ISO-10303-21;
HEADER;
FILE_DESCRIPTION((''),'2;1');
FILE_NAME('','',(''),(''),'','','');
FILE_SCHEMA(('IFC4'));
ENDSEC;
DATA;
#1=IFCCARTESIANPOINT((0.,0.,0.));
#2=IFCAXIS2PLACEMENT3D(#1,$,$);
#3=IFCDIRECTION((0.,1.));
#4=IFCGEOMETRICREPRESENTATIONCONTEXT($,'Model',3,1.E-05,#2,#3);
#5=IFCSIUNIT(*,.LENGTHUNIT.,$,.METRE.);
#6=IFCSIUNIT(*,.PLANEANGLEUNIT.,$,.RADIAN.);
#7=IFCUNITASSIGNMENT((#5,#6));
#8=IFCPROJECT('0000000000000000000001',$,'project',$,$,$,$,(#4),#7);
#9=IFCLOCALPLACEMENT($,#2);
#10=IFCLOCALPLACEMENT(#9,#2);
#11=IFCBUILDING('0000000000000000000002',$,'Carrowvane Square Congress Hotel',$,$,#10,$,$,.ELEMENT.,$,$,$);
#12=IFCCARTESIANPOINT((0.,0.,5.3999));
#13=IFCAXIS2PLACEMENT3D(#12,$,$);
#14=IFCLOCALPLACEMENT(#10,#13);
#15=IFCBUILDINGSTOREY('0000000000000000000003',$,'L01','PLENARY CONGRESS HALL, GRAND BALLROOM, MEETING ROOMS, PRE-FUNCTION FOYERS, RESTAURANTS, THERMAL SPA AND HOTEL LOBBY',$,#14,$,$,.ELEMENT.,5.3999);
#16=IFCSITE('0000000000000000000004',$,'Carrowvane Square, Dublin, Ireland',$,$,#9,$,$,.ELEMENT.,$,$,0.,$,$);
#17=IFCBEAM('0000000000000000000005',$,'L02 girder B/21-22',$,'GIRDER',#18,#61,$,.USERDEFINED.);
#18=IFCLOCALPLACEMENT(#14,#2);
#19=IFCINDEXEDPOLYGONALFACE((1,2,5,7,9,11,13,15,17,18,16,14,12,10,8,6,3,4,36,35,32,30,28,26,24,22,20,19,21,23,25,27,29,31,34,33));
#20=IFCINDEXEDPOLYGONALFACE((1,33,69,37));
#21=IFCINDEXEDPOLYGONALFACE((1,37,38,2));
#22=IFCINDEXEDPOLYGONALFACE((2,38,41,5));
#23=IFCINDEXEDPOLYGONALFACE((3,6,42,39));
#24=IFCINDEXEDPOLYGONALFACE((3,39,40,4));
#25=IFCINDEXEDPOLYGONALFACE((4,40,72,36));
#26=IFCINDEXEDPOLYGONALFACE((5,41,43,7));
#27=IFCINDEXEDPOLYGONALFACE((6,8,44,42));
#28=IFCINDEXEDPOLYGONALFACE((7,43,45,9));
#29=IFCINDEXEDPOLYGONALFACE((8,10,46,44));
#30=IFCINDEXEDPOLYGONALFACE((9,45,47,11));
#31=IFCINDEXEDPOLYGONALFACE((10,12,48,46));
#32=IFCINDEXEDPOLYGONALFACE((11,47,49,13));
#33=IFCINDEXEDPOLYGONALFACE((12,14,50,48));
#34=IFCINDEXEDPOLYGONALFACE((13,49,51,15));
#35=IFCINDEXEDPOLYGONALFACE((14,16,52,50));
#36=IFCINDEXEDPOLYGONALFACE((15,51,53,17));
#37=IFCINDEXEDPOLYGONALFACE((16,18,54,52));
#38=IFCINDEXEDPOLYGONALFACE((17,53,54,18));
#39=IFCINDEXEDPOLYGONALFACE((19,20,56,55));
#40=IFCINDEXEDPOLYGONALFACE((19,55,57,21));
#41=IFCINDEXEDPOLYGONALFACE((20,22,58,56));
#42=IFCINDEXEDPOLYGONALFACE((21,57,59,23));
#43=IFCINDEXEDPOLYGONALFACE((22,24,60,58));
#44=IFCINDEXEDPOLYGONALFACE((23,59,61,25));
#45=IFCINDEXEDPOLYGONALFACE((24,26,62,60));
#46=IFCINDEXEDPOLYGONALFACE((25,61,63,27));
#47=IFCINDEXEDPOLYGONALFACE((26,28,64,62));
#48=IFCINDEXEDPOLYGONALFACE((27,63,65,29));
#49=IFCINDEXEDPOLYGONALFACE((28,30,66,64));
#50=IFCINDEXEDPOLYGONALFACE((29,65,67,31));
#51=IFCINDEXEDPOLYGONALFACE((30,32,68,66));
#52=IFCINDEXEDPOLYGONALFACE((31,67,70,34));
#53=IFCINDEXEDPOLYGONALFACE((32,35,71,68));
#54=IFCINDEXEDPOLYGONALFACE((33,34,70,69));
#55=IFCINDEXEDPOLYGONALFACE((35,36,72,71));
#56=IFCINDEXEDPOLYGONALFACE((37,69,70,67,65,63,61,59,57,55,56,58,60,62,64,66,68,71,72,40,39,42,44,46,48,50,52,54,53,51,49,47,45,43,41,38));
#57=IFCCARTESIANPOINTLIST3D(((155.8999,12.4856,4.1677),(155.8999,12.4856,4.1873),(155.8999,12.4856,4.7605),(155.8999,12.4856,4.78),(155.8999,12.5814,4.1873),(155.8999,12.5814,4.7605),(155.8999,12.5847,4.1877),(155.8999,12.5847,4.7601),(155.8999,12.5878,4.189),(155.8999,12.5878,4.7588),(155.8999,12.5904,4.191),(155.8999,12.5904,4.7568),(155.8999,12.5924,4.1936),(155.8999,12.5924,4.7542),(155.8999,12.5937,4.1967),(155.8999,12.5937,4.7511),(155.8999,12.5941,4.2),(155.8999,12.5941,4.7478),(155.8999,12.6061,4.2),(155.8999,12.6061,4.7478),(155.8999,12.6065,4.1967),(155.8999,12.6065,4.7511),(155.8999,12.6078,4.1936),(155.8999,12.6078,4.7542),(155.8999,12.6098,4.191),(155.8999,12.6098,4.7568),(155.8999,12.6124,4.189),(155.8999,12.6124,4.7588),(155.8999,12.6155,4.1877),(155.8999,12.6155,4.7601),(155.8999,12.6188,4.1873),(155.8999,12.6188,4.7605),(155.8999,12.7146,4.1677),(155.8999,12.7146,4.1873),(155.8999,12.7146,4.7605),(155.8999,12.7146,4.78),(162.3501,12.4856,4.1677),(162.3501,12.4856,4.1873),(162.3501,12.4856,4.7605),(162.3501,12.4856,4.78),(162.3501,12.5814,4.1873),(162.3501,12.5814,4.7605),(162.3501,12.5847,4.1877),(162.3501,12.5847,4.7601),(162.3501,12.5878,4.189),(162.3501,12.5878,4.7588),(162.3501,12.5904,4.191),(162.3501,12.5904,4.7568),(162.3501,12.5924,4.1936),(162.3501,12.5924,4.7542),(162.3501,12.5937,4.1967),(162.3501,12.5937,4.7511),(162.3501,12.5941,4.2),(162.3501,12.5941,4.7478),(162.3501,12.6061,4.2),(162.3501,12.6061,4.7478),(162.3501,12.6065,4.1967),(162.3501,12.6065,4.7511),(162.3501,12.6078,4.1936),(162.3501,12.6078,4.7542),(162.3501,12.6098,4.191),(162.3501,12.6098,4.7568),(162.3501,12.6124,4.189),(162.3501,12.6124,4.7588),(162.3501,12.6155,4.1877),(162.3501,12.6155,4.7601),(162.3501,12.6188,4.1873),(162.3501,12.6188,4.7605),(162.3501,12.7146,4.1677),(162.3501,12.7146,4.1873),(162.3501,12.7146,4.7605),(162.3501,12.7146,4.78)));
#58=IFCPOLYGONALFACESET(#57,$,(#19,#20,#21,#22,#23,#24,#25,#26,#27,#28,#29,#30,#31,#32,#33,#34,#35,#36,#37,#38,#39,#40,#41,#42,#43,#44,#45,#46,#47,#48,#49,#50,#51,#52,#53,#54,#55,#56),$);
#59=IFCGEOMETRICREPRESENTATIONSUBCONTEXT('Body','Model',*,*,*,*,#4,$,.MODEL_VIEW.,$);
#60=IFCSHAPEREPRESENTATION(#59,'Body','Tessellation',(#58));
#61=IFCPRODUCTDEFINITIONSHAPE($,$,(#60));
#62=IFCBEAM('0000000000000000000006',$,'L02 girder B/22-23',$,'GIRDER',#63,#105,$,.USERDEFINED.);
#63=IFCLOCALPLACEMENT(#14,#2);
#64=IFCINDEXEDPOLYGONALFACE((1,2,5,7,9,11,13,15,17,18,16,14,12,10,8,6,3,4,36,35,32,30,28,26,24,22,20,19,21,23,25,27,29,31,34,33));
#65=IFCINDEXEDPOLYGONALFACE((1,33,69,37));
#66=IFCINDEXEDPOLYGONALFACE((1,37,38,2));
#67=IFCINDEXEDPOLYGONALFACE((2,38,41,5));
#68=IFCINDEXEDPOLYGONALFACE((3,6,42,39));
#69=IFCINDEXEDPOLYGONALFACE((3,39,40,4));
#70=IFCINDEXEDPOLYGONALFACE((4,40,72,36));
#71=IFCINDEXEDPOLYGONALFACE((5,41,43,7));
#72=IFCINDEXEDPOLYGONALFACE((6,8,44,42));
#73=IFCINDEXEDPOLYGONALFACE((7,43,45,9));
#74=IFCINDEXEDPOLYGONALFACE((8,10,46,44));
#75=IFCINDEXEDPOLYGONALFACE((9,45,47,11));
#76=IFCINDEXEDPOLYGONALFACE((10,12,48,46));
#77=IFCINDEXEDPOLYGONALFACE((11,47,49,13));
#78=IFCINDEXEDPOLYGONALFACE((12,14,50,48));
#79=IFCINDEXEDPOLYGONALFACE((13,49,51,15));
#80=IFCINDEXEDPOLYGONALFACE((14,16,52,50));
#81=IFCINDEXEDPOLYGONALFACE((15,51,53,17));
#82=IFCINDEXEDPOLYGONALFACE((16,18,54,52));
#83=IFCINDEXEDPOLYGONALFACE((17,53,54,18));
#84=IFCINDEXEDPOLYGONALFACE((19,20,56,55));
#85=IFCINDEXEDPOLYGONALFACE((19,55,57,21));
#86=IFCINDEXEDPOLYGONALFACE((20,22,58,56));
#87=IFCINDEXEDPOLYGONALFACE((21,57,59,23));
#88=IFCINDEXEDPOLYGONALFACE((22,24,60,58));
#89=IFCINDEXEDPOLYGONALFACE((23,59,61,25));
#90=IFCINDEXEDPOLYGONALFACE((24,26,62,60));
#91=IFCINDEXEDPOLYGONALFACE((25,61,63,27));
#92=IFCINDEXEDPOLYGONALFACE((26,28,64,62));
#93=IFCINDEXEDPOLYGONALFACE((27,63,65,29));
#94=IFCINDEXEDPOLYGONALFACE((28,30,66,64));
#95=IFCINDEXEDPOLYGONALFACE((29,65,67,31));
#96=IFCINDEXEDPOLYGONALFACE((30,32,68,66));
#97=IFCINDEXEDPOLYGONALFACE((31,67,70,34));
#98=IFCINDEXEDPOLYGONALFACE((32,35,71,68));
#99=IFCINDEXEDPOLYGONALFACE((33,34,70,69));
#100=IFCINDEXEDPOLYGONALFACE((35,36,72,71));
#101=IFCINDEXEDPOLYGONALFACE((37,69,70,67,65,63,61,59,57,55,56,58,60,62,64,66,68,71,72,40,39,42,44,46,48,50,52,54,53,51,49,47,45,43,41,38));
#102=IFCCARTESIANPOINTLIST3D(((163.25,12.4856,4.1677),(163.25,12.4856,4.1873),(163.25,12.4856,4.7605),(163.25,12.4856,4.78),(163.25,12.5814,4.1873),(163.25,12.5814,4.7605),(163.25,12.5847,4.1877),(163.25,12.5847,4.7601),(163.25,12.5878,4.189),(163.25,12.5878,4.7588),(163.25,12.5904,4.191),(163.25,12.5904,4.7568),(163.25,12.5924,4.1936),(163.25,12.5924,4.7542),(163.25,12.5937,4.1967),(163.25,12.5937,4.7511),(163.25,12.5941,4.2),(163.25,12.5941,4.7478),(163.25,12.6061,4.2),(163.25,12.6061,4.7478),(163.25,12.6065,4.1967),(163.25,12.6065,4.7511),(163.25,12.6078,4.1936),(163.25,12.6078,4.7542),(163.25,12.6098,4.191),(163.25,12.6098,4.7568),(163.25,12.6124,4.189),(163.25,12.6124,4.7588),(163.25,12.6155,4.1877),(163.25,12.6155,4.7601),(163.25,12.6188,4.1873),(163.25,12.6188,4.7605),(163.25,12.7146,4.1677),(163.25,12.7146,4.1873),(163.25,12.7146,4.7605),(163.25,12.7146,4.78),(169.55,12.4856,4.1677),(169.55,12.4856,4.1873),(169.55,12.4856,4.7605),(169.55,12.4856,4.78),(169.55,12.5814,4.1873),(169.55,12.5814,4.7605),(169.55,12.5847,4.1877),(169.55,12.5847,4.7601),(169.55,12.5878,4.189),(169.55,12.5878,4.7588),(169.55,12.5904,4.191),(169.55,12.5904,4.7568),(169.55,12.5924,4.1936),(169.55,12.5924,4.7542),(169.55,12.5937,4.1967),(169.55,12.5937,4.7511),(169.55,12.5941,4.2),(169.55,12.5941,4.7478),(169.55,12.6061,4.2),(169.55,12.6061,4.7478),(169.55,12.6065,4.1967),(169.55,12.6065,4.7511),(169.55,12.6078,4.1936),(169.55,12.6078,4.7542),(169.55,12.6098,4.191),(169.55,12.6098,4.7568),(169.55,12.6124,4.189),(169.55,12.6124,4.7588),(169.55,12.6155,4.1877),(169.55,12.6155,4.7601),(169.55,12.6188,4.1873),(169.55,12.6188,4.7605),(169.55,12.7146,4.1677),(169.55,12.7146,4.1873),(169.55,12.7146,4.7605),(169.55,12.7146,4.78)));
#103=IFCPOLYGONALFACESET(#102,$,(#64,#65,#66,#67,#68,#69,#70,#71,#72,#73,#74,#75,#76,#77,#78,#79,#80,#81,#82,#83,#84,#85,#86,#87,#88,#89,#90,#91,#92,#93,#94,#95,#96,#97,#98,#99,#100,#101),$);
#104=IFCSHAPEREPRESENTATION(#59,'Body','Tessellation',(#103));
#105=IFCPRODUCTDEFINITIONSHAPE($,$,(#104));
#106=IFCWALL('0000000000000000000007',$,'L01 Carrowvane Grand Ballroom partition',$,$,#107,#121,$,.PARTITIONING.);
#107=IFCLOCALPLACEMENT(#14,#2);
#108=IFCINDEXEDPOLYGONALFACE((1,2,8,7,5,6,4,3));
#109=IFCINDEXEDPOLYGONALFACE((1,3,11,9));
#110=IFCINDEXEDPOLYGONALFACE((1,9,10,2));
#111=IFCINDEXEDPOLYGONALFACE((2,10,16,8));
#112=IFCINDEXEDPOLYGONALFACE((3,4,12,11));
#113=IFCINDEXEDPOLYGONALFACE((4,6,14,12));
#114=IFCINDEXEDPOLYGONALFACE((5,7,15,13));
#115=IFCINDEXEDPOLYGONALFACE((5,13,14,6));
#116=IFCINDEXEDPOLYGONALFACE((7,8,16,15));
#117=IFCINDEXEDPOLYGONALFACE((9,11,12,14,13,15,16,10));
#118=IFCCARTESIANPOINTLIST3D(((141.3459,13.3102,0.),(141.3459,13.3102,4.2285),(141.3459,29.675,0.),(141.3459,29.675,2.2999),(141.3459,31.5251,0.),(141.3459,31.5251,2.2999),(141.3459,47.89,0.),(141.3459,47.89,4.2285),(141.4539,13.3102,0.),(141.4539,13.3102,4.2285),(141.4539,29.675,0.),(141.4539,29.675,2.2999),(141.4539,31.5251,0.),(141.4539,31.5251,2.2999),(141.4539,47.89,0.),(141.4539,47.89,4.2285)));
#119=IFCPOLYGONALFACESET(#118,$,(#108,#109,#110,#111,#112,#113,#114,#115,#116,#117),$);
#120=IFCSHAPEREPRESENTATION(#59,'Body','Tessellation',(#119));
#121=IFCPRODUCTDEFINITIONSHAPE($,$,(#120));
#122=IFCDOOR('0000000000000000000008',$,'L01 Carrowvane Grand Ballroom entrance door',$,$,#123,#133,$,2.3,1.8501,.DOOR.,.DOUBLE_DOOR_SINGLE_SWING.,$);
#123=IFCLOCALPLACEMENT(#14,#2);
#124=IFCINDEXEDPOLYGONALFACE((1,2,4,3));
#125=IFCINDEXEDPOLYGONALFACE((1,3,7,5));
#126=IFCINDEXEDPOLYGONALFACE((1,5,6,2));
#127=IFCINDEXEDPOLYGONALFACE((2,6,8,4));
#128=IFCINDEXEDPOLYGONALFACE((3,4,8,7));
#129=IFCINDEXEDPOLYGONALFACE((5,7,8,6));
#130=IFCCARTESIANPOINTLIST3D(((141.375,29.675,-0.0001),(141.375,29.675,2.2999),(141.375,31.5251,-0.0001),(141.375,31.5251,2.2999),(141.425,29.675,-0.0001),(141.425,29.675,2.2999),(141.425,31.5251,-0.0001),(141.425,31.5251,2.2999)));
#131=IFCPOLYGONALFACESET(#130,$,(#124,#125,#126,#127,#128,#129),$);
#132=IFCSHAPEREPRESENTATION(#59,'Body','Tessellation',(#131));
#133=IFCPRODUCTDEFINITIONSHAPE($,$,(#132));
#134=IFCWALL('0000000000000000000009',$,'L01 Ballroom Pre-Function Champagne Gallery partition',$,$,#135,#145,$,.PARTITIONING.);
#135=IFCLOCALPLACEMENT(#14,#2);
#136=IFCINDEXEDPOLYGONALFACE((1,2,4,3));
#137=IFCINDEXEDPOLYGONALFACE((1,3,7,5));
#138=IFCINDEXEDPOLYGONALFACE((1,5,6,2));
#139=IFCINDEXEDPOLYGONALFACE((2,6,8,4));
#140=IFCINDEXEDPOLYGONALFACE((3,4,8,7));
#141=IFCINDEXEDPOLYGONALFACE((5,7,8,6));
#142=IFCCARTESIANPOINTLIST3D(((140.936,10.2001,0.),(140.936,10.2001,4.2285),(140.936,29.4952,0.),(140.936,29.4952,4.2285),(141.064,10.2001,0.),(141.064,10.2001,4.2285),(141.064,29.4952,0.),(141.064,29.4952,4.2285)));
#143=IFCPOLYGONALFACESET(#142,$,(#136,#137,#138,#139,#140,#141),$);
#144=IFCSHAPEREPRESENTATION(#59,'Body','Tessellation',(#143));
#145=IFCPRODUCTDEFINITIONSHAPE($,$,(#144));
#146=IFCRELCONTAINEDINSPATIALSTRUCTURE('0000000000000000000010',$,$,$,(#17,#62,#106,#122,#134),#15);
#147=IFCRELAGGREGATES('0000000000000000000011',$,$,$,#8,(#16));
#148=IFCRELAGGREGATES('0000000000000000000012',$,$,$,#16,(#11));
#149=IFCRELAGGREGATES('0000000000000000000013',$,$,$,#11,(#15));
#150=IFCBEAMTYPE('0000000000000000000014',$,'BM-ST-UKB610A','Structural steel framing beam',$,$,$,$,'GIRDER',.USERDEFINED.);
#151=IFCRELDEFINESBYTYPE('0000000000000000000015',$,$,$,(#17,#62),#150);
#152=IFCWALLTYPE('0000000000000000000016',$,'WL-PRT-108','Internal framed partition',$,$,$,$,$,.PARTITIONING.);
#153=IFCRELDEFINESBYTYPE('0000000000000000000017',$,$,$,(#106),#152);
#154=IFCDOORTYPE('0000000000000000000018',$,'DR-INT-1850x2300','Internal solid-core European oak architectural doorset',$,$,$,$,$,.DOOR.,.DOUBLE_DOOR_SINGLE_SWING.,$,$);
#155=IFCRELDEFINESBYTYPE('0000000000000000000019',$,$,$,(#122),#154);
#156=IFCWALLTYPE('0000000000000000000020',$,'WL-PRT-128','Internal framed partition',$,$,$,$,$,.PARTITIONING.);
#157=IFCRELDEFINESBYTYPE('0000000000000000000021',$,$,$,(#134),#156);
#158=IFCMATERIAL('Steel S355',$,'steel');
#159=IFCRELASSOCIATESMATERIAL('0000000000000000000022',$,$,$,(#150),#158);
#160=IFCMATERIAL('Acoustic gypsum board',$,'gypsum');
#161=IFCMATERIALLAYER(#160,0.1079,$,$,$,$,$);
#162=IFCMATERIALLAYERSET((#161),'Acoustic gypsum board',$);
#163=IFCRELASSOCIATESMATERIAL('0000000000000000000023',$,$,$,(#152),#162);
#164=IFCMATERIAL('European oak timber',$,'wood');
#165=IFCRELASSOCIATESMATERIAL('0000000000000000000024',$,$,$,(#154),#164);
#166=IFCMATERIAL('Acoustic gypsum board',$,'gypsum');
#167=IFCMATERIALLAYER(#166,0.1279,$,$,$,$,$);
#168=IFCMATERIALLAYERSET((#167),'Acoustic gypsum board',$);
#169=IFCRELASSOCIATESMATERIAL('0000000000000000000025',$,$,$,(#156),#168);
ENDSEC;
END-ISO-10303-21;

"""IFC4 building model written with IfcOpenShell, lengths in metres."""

from ifc_helpers import new_model, si_unit, direction, frame, frame_2d, origin, origin_2d, place, context, subcontext, project, spatial, rectangle, i_section, extrude, material, layer, layer_set, material_profile, profile_set, type_object, element, fill, save


model = new_model("IFC4")

# Units and contexts
model_context = context("Model", 3, precision=1e-05, world=origin(), true_north=direction((0.0, 1.0)))
body_context = subcontext(model_context, "Body", "Model", "MODEL_VIEW")
ifc_project = project(units=[si_unit("LENGTHUNIT", "METRE"), si_unit("PLANEANGLEUNIT", "RADIAN")], contexts=[model_context])

# Site, building, storey
site_placement = place(None, origin())
site = spatial("IfcSite", under=ifc_project, at=site_placement, Name="Carrowvane Square, Dublin, Ireland", CompositionType="ELEMENT", RefElevation=0.0)
building_placement = place(site_placement, origin())
building = spatial("IfcBuilding", under=site, at=building_placement, Name="Carrowvane Square Congress Hotel", CompositionType="ELEMENT")
storey_placement = place(building_placement, frame((0.0, 0.0, 5.3999)))
storey = spatial("IfcBuildingStorey", under=building, at=storey_placement, Name="L01", Description="PLENARY CONGRESS HALL, GRAND BALLROOM, MEETING ROOMS, PRE-FUNCTION FOYERS, RESTAURANTS, THERMAL SPA AND HOTEL LOBBY", CompositionType="ELEMENT", Elevation=5.3999)

# Beams
ifc_material_1 = material(Name="Steel S355", Category="steel")
ifc_material_profile_1 = material_profile(ifc_material_1, i_section(OverallWidth=0.229, OverallDepth=0.6123, WebThickness=0.012, FlangeThickness=0.0195, FilletRadius=0.0127, at=origin_2d()), Name="UKB 610x229x125")
ifc_profile_set_1 = profile_set([ifc_material_profile_1], Name="Steel S355")
beam_type_1 = type_object("IfcBeamType", Name="BM-ST-UKB610A", Description="Structural steel framing beam", ElementType="GIRDER", PredefinedType="USERDEFINED", material=ifc_profile_set_1)
beam_1_placement = place(storey_placement, frame((155.8999, 12.6001, 4.4739), z_axis=(1.0, 0.0, 0.0), x_axis=(0.0, 1.0, 0.0)))
element("IfcBeam", 1, at=beam_1_placement, inside=storey, type_object=beam_type_1, Name="L02 girder B/21-22", ObjectType="GIRDER", PredefinedType="USERDEFINED", context=body_context, shape_type="SweptSolid", body=[
    extrude(i_section(OverallWidth=0.229, OverallDepth=0.6123, WebThickness=0.012, FlangeThickness=0.0195, FilletRadius=0.0127, at=origin_2d()), origin(), (0.0, 0.0, 1.0), 6.4502),
])
beam_2_placement = place(storey_placement, frame((163.25, 12.6001, 4.4739), z_axis=(1.0, 0.0, 0.0), x_axis=(0.0, 1.0, 0.0)))
element("IfcBeam", 2, at=beam_2_placement, inside=storey, type_object=beam_type_1, Name="L02 girder B/22-23", ObjectType="GIRDER", PredefinedType="USERDEFINED", context=body_context, shape_type="SweptSolid", body=[
    extrude(i_section(OverallWidth=0.229, OverallDepth=0.6123, WebThickness=0.012, FlangeThickness=0.0195, FilletRadius=0.0127, at=origin_2d()), origin(), (0.0, 0.0, 1.0), 6.3),
])

# Wall, opening, door
ifc_material_2 = material(Name="Acoustic gypsum board", Category="gypsum")
ifc_layer_1 = layer(ifc_material_2, 0.1079)
ifc_layer_set_1 = layer_set([ifc_layer_1], Name="Acoustic gypsum board")
wall_type_1 = type_object("IfcWallType", Name="WL-PRT-108", Description="Internal framed partition", PredefinedType="PARTITIONING", material=ifc_layer_set_1)
wall_1_placement = place(storey_placement, frame((141.3999, 13.3101, 0.0), z_axis=(0.0, 0.0, 1.0), x_axis=(0.0, 1.0, 0.0)))
wall_1 = element("IfcWall", 3, at=wall_1_placement, inside=storey, type_object=wall_type_1, Name="L01 Carrowvane Grand Ballroom partition", PredefinedType="PARTITIONING", context=body_context, shape_type="SweptSolid", body=[
    extrude(rectangle(XDim=34.5798, YDim=0.1079, at=frame_2d((17.29, 0.0))), origin(), (0.0, 0.0, 1.0), 4.2285),
])
opening_placement = place(wall_1_placement, frame((16.365, 0.0, 0.0)))
opening = element("IfcOpeningElement", 4, at=opening_placement, cuts=wall_1, PredefinedType="OPENING", context=body_context, shape_type="SweptSolid", body=[
    extrude(rectangle(XDim=1.8501, YDim=2.3, at=frame_2d((0.925, 1.1499))), frame((0.0, 0.064, 0.0), z_axis=(0.0, -1.0, 0.0), x_axis=(1.0, 0.0, 0.0)), (0.0, 0.0, 1.0), 0.1279),
])
ifc_material_3 = material(Name="European oak timber", Category="wood")
door_type = type_object("IfcDoorType", Name="DR-INT-1850x2300", Description="Internal solid-core European oak architectural doorset", OperationType="DOUBLE_DOOR_SINGLE_SWING", PredefinedType="DOOR", material=ifc_material_3)
door_placement = place(opening_placement, origin())
door = element("IfcDoor", 5, at=door_placement, inside=storey, type_object=door_type, Name="L01 Carrowvane Grand Ballroom entrance door", OperationType="DOUBLE_DOOR_SINGLE_SWING", OverallHeight=2.3, OverallWidth=1.8501, PredefinedType="DOOR", context=body_context, shape_type="SweptSolid", body=[
    extrude(rectangle(XDim=1.8501, YDim=2.3, at=frame_2d((0.925, 1.1499))), frame((0.0, 0.0249, 0.0), z_axis=(0.0, -1.0, 0.0), x_axis=(1.0, 0.0, 0.0)), (0.0, 0.0, 1.0), 0.05),
])
fill(opening, door)

# Wall
ifc_material_4 = material(Name="Acoustic gypsum board", Category="gypsum")
ifc_layer_2 = layer(ifc_material_4, 0.1279)
ifc_layer_set_2 = layer_set([ifc_layer_2], Name="Acoustic gypsum board")
wall_type_2 = type_object("IfcWallType", Name="WL-PRT-128", Description="Internal framed partition", PredefinedType="PARTITIONING", material=ifc_layer_set_2)
wall_2_placement = place(storey_placement, frame((141.0, 29.4951, 0.0), z_axis=(0.0, 0.0, 1.0), x_axis=(0.0, -1.0, 0.0)))
element("IfcWall", 6, at=wall_2_placement, inside=storey, type_object=wall_type_2, Name="L01 Ballroom Pre-Function Champagne Gallery partition", PredefinedType="PARTITIONING", context=body_context, shape_type="SweptSolid", body=[
    extrude(rectangle(XDim=19.2952, YDim=0.1279, at=frame_2d((9.6475, 0.0))), origin(), (0.0, 0.0, 1.0), 4.2285),
])

save(model, "model.ifc")
